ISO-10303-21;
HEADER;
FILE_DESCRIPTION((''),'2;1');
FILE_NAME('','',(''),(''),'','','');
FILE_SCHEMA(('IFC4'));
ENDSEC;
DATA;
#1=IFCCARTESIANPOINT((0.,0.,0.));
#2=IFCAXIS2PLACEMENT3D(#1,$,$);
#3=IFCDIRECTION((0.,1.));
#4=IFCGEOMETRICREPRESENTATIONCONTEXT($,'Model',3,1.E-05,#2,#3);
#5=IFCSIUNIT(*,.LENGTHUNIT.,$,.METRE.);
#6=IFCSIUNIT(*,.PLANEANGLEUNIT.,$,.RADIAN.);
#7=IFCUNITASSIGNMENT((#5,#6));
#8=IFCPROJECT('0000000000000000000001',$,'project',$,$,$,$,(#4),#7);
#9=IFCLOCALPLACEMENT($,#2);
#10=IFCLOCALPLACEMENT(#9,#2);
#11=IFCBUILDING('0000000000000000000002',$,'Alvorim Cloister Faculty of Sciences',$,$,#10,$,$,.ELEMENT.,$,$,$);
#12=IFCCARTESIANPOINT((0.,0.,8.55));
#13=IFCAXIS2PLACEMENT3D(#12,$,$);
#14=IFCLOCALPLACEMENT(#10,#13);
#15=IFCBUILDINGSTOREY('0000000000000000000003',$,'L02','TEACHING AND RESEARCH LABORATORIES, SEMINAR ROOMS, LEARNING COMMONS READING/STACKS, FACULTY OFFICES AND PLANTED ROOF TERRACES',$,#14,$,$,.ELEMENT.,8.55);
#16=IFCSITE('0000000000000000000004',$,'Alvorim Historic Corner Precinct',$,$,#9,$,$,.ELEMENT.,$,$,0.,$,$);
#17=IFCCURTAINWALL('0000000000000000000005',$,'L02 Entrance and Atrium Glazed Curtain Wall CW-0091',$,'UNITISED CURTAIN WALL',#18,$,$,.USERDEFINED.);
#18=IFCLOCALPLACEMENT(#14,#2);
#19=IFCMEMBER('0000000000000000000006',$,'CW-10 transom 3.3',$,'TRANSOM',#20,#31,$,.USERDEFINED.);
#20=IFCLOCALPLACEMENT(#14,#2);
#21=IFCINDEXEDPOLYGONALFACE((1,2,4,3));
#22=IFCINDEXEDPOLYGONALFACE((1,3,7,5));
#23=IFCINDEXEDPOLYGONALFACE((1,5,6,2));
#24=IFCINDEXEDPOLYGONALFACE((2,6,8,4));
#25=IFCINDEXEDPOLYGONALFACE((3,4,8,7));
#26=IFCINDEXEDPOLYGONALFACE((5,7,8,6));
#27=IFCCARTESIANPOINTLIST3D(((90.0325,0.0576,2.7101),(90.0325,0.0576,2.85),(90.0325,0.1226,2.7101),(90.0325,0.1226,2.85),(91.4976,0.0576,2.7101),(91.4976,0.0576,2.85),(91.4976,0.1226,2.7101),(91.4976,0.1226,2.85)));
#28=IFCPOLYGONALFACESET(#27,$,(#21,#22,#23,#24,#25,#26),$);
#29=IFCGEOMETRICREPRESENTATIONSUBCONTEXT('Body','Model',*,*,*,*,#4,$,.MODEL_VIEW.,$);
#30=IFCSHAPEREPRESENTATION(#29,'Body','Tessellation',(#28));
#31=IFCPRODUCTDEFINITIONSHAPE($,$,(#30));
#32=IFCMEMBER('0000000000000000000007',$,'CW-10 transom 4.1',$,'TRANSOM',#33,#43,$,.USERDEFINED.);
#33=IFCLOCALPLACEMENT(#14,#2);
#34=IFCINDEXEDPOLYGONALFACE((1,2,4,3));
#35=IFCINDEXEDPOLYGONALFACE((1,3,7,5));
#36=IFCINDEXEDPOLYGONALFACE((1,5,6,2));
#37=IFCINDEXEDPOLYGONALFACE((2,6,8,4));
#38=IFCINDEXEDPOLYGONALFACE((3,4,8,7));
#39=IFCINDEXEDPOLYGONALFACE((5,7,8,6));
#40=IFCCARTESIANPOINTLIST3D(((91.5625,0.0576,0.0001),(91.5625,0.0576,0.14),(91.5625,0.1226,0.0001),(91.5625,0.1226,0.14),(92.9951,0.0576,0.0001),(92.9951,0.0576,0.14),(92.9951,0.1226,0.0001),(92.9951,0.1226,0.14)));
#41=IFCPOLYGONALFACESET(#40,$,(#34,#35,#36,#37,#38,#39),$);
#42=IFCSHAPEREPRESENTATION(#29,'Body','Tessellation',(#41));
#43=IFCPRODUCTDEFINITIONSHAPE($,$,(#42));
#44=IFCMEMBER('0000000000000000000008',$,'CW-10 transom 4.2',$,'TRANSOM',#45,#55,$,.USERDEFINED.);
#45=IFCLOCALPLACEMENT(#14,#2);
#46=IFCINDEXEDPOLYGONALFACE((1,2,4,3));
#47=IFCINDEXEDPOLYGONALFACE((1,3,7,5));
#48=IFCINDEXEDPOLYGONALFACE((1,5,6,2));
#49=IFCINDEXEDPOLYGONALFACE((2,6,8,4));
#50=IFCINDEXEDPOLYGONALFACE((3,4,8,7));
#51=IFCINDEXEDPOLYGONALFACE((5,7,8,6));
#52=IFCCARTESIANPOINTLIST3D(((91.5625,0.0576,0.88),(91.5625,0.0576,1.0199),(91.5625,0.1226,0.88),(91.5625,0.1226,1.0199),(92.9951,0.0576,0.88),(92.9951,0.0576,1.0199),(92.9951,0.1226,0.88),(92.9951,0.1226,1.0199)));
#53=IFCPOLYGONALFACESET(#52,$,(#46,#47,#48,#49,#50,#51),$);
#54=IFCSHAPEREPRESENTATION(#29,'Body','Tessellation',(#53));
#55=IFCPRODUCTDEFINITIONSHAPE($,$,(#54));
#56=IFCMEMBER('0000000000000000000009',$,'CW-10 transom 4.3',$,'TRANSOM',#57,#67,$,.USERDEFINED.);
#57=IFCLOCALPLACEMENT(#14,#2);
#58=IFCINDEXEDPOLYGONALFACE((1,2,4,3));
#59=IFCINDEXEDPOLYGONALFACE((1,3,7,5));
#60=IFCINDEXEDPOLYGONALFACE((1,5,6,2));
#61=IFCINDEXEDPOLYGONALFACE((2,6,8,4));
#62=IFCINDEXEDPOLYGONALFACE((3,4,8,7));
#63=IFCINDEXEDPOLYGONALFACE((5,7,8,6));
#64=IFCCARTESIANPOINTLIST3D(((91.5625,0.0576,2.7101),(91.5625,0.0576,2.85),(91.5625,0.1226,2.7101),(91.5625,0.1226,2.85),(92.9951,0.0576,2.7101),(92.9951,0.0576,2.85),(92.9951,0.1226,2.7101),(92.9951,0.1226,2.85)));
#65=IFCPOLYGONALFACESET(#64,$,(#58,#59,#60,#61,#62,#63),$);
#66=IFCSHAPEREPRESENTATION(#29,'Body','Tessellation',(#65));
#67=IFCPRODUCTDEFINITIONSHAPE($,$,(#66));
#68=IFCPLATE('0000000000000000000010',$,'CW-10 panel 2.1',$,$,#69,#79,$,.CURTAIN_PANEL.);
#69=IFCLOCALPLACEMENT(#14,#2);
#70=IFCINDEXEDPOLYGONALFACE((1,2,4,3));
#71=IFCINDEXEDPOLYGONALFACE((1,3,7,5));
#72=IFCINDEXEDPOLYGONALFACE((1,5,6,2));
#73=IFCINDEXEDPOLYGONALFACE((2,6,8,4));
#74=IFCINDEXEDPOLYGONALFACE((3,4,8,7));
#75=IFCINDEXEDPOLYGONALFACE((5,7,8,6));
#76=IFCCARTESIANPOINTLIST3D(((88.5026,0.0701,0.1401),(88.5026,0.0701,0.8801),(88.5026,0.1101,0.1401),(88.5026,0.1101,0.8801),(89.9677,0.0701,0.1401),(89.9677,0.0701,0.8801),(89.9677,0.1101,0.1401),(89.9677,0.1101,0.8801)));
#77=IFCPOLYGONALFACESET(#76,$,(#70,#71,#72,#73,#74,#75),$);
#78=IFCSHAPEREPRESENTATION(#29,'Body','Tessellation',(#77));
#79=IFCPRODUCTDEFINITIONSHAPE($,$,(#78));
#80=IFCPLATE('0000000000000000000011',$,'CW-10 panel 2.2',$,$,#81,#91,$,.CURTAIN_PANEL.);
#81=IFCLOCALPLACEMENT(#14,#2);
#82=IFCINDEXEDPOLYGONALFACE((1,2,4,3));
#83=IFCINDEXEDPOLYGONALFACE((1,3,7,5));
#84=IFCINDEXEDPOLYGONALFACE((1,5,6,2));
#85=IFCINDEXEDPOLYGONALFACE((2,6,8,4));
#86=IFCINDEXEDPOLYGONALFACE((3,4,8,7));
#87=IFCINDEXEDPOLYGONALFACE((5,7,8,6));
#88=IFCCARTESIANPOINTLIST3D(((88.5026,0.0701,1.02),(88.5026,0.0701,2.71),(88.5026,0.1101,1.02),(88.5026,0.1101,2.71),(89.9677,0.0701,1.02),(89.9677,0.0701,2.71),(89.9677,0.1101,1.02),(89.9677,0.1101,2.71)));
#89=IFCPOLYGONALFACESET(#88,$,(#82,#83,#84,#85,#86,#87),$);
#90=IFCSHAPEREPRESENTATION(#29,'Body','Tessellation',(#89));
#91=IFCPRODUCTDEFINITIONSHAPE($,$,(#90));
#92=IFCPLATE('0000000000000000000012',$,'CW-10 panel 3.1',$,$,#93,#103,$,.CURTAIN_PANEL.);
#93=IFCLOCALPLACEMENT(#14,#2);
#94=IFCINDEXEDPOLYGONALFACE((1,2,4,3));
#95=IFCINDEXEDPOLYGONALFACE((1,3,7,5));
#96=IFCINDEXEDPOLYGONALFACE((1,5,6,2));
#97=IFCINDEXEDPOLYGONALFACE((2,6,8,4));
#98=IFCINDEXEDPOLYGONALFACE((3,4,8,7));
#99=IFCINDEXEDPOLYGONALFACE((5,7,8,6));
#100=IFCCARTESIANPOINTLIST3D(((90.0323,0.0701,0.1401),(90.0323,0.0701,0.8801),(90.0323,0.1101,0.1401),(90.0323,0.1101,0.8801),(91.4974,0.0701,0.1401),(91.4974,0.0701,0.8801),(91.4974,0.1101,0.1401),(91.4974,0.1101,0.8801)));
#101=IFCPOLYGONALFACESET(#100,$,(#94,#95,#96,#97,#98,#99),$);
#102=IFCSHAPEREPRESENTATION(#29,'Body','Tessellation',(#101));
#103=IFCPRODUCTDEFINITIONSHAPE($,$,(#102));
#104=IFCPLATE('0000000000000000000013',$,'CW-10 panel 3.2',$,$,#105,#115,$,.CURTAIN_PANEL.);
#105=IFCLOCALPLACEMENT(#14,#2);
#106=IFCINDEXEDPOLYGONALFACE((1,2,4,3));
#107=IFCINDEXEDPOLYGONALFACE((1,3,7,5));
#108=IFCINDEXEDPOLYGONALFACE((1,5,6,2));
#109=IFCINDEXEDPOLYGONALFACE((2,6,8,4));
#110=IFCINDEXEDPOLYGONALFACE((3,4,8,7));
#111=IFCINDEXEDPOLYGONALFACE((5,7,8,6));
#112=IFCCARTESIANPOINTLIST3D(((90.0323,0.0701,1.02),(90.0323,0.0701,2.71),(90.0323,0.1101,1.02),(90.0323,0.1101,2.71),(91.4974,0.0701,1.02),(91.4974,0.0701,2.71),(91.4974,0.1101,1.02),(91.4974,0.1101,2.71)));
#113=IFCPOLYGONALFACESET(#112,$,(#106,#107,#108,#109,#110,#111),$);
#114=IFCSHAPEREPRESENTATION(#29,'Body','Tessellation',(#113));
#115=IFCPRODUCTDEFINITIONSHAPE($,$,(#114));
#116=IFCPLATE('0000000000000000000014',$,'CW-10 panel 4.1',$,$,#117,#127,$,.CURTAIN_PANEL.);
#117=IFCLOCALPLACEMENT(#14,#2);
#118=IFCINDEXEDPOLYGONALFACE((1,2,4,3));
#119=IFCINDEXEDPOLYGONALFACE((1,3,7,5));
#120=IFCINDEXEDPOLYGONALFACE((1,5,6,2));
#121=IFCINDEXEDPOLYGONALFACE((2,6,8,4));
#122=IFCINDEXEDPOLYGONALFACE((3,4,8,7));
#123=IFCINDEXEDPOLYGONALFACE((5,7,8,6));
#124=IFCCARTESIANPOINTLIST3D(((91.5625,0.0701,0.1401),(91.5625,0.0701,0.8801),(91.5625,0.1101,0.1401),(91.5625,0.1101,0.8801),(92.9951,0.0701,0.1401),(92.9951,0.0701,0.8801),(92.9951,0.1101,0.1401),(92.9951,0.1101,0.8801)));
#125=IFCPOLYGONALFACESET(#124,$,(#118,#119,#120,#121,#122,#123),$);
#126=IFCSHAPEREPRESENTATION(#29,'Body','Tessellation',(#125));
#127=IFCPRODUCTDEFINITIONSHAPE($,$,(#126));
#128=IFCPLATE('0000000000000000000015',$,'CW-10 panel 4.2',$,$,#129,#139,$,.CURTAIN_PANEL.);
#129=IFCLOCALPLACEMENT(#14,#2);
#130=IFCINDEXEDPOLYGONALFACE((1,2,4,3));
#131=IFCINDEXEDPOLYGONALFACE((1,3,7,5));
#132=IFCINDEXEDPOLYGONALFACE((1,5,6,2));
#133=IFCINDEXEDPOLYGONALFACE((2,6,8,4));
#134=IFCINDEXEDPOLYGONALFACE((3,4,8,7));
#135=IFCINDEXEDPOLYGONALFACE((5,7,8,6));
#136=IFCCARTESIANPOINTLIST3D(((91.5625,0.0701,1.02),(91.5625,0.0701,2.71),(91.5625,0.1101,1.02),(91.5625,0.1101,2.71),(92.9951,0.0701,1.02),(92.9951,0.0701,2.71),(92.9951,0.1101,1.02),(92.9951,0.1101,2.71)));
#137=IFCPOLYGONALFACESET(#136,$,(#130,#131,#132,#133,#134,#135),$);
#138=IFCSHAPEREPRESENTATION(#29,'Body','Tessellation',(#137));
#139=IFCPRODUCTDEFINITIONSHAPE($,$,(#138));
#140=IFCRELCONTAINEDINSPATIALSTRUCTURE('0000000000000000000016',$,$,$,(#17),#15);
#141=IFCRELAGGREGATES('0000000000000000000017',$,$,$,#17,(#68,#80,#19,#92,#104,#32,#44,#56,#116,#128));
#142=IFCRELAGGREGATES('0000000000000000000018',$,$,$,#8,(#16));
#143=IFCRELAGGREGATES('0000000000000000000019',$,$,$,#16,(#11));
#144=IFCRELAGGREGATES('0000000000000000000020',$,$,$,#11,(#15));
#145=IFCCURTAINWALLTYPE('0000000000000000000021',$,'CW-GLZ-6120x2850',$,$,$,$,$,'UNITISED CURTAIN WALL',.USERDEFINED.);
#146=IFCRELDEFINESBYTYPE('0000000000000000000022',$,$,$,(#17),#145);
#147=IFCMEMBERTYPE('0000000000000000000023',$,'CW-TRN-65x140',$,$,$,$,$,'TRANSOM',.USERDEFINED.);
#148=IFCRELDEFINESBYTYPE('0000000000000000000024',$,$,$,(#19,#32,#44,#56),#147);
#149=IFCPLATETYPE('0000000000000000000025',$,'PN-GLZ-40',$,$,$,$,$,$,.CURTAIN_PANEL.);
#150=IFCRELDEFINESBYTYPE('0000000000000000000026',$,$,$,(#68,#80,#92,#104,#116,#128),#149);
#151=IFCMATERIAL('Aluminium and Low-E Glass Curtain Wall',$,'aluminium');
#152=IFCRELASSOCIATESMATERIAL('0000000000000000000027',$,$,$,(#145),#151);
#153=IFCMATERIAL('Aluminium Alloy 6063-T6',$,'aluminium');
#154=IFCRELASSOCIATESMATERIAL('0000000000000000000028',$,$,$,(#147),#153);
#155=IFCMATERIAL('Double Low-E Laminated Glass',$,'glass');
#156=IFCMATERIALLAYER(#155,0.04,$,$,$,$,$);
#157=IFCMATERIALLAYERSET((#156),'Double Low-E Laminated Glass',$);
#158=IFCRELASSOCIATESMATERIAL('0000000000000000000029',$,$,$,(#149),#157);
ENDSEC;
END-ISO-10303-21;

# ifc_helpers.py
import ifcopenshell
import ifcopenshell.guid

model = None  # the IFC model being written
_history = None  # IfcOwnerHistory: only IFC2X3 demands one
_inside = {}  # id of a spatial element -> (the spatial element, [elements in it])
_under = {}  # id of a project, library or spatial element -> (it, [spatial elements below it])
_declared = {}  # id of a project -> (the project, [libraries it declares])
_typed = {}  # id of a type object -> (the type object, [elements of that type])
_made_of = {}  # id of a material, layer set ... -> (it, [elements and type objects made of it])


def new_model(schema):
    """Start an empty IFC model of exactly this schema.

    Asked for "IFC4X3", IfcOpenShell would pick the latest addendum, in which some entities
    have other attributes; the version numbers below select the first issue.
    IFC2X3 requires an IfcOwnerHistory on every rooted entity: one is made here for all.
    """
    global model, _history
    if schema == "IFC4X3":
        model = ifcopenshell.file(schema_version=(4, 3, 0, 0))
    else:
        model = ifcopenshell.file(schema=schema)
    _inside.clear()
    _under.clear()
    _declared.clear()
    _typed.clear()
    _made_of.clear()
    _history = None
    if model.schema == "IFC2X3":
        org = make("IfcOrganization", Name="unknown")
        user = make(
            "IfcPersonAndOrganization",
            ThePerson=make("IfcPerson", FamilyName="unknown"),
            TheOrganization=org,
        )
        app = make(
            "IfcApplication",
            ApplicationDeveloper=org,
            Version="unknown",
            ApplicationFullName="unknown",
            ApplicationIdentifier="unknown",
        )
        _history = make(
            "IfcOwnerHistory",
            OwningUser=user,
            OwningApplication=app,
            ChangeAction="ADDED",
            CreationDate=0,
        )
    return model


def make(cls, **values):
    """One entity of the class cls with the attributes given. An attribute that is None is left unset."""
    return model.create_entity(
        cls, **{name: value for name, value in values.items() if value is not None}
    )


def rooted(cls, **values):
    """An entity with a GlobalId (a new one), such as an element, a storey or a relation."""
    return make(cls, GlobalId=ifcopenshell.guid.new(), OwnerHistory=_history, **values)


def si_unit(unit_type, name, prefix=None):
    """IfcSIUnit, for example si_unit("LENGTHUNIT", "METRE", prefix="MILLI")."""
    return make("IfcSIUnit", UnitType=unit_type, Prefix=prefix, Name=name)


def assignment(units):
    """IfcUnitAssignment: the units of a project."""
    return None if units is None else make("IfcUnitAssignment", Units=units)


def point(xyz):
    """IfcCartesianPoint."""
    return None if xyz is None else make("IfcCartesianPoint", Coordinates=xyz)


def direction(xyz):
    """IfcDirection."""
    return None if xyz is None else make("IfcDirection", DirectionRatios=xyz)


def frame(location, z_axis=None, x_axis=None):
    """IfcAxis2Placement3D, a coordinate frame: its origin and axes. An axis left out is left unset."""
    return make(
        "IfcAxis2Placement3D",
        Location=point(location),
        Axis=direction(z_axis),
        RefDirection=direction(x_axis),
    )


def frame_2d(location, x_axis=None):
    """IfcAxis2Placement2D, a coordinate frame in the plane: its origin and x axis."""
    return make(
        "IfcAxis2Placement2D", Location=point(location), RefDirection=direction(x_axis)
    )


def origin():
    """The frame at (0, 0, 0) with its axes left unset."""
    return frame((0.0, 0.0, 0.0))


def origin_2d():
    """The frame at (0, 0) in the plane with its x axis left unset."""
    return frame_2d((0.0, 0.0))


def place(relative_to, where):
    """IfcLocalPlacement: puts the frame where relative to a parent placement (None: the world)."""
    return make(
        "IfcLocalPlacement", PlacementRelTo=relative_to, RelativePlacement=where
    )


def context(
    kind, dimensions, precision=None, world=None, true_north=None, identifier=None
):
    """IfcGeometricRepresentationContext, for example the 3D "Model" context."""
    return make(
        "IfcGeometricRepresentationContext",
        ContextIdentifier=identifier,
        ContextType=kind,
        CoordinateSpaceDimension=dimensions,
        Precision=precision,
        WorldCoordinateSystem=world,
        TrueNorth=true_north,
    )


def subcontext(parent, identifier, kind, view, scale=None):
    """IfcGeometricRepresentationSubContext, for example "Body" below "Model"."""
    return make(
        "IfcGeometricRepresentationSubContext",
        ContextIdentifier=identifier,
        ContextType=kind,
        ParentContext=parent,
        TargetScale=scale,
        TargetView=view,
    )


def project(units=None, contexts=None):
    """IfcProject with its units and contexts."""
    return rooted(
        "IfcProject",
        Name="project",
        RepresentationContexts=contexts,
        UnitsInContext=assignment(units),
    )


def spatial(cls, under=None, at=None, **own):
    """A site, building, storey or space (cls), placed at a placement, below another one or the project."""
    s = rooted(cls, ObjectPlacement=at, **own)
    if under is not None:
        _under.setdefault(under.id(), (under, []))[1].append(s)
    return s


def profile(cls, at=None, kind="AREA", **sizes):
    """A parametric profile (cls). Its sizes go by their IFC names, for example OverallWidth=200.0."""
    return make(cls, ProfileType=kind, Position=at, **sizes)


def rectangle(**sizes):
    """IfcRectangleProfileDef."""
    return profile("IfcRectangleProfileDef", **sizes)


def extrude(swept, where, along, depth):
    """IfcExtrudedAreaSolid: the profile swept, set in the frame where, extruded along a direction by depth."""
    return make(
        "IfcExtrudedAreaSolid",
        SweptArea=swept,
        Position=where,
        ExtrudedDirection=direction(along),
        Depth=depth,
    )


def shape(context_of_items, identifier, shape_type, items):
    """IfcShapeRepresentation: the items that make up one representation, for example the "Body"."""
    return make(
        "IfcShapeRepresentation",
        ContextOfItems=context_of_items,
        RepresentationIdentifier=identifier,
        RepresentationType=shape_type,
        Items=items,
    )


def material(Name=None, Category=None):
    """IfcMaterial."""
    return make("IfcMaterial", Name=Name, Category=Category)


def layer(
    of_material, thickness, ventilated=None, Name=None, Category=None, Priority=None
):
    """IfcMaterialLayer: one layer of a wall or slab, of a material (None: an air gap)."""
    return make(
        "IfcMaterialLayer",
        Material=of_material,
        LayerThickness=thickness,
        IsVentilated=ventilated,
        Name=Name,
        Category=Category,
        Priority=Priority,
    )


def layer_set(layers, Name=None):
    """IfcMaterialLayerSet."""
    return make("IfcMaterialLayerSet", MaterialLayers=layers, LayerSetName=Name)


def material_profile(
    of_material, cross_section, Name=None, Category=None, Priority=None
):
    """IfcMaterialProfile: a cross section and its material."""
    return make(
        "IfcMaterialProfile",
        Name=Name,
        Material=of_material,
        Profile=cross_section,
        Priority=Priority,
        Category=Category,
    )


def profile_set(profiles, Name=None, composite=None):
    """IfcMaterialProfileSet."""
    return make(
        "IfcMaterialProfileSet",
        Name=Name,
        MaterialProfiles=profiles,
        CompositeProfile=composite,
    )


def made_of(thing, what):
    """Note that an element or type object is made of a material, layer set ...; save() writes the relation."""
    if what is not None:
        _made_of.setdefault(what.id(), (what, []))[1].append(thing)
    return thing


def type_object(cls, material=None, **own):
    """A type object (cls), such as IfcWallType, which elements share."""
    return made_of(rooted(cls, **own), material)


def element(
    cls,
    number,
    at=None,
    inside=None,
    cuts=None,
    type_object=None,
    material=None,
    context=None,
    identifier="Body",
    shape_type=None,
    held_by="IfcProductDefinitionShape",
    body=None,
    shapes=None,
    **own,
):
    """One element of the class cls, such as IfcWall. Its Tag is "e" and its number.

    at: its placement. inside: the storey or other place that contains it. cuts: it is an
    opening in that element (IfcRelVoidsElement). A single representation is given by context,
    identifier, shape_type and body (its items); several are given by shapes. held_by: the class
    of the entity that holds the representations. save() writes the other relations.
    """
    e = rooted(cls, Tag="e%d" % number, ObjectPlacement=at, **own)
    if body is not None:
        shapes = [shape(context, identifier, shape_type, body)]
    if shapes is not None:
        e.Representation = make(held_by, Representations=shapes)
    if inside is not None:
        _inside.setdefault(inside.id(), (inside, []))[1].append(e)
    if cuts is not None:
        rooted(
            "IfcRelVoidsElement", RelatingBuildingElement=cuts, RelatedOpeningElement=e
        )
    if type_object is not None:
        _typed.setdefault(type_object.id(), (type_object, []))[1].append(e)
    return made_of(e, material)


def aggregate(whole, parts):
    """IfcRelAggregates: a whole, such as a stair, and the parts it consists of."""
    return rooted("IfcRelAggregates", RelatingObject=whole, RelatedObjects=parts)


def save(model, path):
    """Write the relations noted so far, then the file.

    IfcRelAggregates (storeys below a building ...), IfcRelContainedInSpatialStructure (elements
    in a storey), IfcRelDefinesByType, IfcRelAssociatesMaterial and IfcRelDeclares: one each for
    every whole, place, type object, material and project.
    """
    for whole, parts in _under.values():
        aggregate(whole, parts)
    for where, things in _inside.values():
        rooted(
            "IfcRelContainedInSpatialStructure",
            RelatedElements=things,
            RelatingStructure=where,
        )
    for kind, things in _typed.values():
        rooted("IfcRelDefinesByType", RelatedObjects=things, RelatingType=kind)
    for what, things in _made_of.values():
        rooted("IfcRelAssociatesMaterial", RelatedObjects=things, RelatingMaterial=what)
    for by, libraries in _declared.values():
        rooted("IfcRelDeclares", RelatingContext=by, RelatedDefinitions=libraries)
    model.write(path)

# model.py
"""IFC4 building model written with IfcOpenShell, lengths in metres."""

from ifc_helpers import new_model, si_unit, direction, frame, origin, origin_2d, place, context, subcontext, project, spatial, rectangle, extrude, material, layer, layer_set, material_profile, profile_set, type_object, element, aggregate, save


model = new_model("IFC4")

# Units and contexts
model_context = context("Model", 3, precision=1e-05, world=origin(), true_north=direction((0.0, 1.0)))
body_context = subcontext(model_context, "Body", "Model", "MODEL_VIEW")
ifc_project = project(units=[si_unit("LENGTHUNIT", "METRE"), si_unit("PLANEANGLEUNIT", "RADIAN")], contexts=[model_context])

# Site, building, storey
site_placement = place(None, origin())
site = spatial("IfcSite", under=ifc_project, at=site_placement, Name="Alvorim Historic Corner Precinct", CompositionType="ELEMENT", RefElevation=0.0)
building_placement = place(site_placement, origin())
building = spatial("IfcBuilding", under=site, at=building_placement, Name="Alvorim Cloister Faculty of Sciences", CompositionType="ELEMENT")
storey_placement = place(building_placement, frame((0.0, 0.0, 8.55)))
storey = spatial("IfcBuildingStorey", under=building, at=storey_placement, Name="L02", Description="TEACHING AND RESEARCH LABORATORIES, SEMINAR ROOMS, LEARNING COMMONS READING/STACKS, FACULTY OFFICES AND PLANTED ROOF TERRACES", CompositionType="ELEMENT", Elevation=8.55)

# Shared definitions
ifc_material_1 = material(Name="Aluminium and Low-E Glass Curtain Wall", Category="aluminium")
curtain_wall_type = type_object("IfcCurtainWallType", Name="CW-GLZ-6120x2850", ElementType="UNITISED CURTAIN WALL", PredefinedType="USERDEFINED", material=ifc_material_1)
ifc_material_2 = material(Name="Aluminium Alloy 6063-T6", Category="aluminium")

# Curtain wall
curtain_wall_1_placement = place(storey_placement, origin())
curtain_wall_1 = element("IfcCurtainWall", 1, at=curtain_wall_1_placement, inside=storey, type_object=curtain_wall_type, Name="L02 Entrance and Atrium Glazed Curtain Wall CW-0091", ObjectType="UNITISED CURTAIN WALL", PredefinedType="USERDEFINED")

# Members
ifc_material_profile_1 = material_profile(ifc_material_2, rectangle(XDim=0.0649, YDim=0.1399, at=origin_2d()), Name="ALU-TRN-65x140")
ifc_profile_set_1 = profile_set([ifc_material_profile_1], Name="Aluminium Alloy 6063-T6")
member_type_1 = type_object("IfcMemberType", Name="CW-TRN-65x140", ElementType="TRANSOM", PredefinedType="USERDEFINED", material=ifc_profile_set_1)
member_1_placement = place(storey_placement, frame((90.0325, 0.0901, 2.78), z_axis=(1.0, 0.0, 0.0), x_axis=(0.0, 1.0, 0.0)))
member_1 = element("IfcMember", 2, at=member_1_placement, type_object=member_type_1, Name="CW-10 transom 3.3", ObjectType="TRANSOM", PredefinedType="USERDEFINED", context=body_context, shape_type="SweptSolid", body=[
    extrude(rectangle(XDim=0.0649, YDim=0.1399, at=origin_2d()), origin(), (0.0, 0.0, 1.0), 1.4651),
])
member_2_placement = place(storey_placement, frame((91.5625, 0.0901, 0.0701), z_axis=(1.0, 0.0, 0.0), x_axis=(0.0, 1.0, 0.0)))
member_2 = element("IfcMember", 3, at=member_2_placement, type_object=member_type_1, Name="CW-10 transom 4.1", ObjectType="TRANSOM", PredefinedType="USERDEFINED", context=body_context, shape_type="SweptSolid", body=[
    extrude(rectangle(XDim=0.0649, YDim=0.1399, at=origin_2d()), origin(), (0.0, 0.0, 1.0), 1.4326),
])
member_3_placement = place(storey_placement, frame((91.5625, 0.0901, 0.95), z_axis=(1.0, 0.0, 0.0), x_axis=(0.0, 1.0, 0.0)))
member_3 = element("IfcMember", 4, at=member_3_placement, type_object=member_type_1, Name="CW-10 transom 4.2", ObjectType="TRANSOM", PredefinedType="USERDEFINED", context=body_context, shape_type="SweptSolid", body=[
    extrude(rectangle(XDim=0.0649, YDim=0.1399, at=origin_2d()), origin(), (0.0, 0.0, 1.0), 1.4326),
])
member_4_placement = place(storey_placement, frame((91.5625, 0.0901, 2.78), z_axis=(1.0, 0.0, 0.0), x_axis=(0.0, 1.0, 0.0)))
member_4 = element("IfcMember", 5, at=member_4_placement, type_object=member_type_1, Name="CW-10 transom 4.3", ObjectType="TRANSOM", PredefinedType="USERDEFINED", context=body_context, shape_type="SweptSolid", body=[
    extrude(rectangle(XDim=0.0649, YDim=0.1399, at=origin_2d()), origin(), (0.0, 0.0, 1.0), 1.4326),
])

# Plates
ifc_material_3 = material(Name="Double Low-E Laminated Glass", Category="glass")
ifc_layer = layer(ifc_material_3, 0.04)
ifc_layer_set = layer_set([ifc_layer], Name="Double Low-E Laminated Glass")
plate_type = type_object("IfcPlateType", Name="PN-GLZ-40", PredefinedType="CURTAIN_PANEL", material=ifc_layer_set)
plate_1_placement = place(storey_placement, frame((89.2351, 0.0901, 0.1401), z_axis=(0.0, 0.0, 1.0), x_axis=(1.0, 0.0, 0.0)))
plate_1 = element("IfcPlate", 6, at=plate_1_placement, type_object=plate_type, Name="CW-10 panel 2.1", PredefinedType="CURTAIN_PANEL", context=body_context, shape_type="SweptSolid", body=[
    extrude(rectangle(XDim=1.4651, YDim=0.04, at=origin_2d()), origin(), (0.0, 0.0, 1.0), 0.74),
])
plate_2_placement = place(storey_placement, frame((89.2351, 0.0901, 1.02), z_axis=(0.0, 0.0, 1.0), x_axis=(1.0, 0.0, 0.0)))
plate_2 = element("IfcPlate", 7, at=plate_2_placement, type_object=plate_type, Name="CW-10 panel 2.2", PredefinedType="CURTAIN_PANEL", context=body_context, shape_type="SweptSolid", body=[
    extrude(rectangle(XDim=1.4651, YDim=0.04, at=origin_2d()), origin(), (0.0, 0.0, 1.0), 1.6899),
])
plate_3_placement = place(storey_placement, frame((90.7649, 0.0901, 0.1401), z_axis=(0.0, 0.0, 1.0), x_axis=(1.0, 0.0, 0.0)))
plate_3 = element("IfcPlate", 8, at=plate_3_placement, type_object=plate_type, Name="CW-10 panel 3.1", PredefinedType="CURTAIN_PANEL", context=body_context, shape_type="SweptSolid", body=[
    extrude(rectangle(XDim=1.4651, YDim=0.04, at=origin_2d()), origin(), (0.0, 0.0, 1.0), 0.74),
])
plate_4_placement = place(storey_placement, frame((90.7649, 0.0901, 1.02), z_axis=(0.0, 0.0, 1.0), x_axis=(1.0, 0.0, 0.0)))
plate_4 = element("IfcPlate", 9, at=plate_4_placement, type_object=plate_type, Name="CW-10 panel 3.2", PredefinedType="CURTAIN_PANEL", context=body_context, shape_type="SweptSolid", body=[
    extrude(rectangle(XDim=1.4651, YDim=0.04, at=origin_2d()), origin(), (0.0, 0.0, 1.0), 1.6899),
])
plate_5_placement = place(storey_placement, frame((92.2788, 0.0901, 0.1401), z_axis=(0.0, 0.0, 1.0), x_axis=(1.0, 0.0, 0.0)))
plate_5 = element("IfcPlate", 10, at=plate_5_placement, type_object=plate_type, Name="CW-10 panel 4.1", PredefinedType="CURTAIN_PANEL", context=body_context, shape_type="SweptSolid", body=[
    extrude(rectangle(XDim=1.4326, YDim=0.04, at=origin_2d()), origin(), (0.0, 0.0, 1.0), 0.74),
])
plate_6_placement = place(storey_placement, frame((92.2788, 0.0901, 1.02), z_axis=(0.0, 0.0, 1.0), x_axis=(1.0, 0.0, 0.0)))
plate_6 = element("IfcPlate", 11, at=plate_6_placement, type_object=plate_type, Name="CW-10 panel 4.2", PredefinedType="CURTAIN_PANEL", context=body_context, shape_type="SweptSolid", body=[
    extrude(rectangle(XDim=1.4326, YDim=0.04, at=origin_2d()), origin(), (0.0, 0.0, 1.0), 1.6899),
])
aggregate(curtain_wall_1, [plate_1, plate_2, member_1, plate_3, plate_4, member_2, member_3, member_4, plate_5, plate_6])

save(model, "model.ifc")
